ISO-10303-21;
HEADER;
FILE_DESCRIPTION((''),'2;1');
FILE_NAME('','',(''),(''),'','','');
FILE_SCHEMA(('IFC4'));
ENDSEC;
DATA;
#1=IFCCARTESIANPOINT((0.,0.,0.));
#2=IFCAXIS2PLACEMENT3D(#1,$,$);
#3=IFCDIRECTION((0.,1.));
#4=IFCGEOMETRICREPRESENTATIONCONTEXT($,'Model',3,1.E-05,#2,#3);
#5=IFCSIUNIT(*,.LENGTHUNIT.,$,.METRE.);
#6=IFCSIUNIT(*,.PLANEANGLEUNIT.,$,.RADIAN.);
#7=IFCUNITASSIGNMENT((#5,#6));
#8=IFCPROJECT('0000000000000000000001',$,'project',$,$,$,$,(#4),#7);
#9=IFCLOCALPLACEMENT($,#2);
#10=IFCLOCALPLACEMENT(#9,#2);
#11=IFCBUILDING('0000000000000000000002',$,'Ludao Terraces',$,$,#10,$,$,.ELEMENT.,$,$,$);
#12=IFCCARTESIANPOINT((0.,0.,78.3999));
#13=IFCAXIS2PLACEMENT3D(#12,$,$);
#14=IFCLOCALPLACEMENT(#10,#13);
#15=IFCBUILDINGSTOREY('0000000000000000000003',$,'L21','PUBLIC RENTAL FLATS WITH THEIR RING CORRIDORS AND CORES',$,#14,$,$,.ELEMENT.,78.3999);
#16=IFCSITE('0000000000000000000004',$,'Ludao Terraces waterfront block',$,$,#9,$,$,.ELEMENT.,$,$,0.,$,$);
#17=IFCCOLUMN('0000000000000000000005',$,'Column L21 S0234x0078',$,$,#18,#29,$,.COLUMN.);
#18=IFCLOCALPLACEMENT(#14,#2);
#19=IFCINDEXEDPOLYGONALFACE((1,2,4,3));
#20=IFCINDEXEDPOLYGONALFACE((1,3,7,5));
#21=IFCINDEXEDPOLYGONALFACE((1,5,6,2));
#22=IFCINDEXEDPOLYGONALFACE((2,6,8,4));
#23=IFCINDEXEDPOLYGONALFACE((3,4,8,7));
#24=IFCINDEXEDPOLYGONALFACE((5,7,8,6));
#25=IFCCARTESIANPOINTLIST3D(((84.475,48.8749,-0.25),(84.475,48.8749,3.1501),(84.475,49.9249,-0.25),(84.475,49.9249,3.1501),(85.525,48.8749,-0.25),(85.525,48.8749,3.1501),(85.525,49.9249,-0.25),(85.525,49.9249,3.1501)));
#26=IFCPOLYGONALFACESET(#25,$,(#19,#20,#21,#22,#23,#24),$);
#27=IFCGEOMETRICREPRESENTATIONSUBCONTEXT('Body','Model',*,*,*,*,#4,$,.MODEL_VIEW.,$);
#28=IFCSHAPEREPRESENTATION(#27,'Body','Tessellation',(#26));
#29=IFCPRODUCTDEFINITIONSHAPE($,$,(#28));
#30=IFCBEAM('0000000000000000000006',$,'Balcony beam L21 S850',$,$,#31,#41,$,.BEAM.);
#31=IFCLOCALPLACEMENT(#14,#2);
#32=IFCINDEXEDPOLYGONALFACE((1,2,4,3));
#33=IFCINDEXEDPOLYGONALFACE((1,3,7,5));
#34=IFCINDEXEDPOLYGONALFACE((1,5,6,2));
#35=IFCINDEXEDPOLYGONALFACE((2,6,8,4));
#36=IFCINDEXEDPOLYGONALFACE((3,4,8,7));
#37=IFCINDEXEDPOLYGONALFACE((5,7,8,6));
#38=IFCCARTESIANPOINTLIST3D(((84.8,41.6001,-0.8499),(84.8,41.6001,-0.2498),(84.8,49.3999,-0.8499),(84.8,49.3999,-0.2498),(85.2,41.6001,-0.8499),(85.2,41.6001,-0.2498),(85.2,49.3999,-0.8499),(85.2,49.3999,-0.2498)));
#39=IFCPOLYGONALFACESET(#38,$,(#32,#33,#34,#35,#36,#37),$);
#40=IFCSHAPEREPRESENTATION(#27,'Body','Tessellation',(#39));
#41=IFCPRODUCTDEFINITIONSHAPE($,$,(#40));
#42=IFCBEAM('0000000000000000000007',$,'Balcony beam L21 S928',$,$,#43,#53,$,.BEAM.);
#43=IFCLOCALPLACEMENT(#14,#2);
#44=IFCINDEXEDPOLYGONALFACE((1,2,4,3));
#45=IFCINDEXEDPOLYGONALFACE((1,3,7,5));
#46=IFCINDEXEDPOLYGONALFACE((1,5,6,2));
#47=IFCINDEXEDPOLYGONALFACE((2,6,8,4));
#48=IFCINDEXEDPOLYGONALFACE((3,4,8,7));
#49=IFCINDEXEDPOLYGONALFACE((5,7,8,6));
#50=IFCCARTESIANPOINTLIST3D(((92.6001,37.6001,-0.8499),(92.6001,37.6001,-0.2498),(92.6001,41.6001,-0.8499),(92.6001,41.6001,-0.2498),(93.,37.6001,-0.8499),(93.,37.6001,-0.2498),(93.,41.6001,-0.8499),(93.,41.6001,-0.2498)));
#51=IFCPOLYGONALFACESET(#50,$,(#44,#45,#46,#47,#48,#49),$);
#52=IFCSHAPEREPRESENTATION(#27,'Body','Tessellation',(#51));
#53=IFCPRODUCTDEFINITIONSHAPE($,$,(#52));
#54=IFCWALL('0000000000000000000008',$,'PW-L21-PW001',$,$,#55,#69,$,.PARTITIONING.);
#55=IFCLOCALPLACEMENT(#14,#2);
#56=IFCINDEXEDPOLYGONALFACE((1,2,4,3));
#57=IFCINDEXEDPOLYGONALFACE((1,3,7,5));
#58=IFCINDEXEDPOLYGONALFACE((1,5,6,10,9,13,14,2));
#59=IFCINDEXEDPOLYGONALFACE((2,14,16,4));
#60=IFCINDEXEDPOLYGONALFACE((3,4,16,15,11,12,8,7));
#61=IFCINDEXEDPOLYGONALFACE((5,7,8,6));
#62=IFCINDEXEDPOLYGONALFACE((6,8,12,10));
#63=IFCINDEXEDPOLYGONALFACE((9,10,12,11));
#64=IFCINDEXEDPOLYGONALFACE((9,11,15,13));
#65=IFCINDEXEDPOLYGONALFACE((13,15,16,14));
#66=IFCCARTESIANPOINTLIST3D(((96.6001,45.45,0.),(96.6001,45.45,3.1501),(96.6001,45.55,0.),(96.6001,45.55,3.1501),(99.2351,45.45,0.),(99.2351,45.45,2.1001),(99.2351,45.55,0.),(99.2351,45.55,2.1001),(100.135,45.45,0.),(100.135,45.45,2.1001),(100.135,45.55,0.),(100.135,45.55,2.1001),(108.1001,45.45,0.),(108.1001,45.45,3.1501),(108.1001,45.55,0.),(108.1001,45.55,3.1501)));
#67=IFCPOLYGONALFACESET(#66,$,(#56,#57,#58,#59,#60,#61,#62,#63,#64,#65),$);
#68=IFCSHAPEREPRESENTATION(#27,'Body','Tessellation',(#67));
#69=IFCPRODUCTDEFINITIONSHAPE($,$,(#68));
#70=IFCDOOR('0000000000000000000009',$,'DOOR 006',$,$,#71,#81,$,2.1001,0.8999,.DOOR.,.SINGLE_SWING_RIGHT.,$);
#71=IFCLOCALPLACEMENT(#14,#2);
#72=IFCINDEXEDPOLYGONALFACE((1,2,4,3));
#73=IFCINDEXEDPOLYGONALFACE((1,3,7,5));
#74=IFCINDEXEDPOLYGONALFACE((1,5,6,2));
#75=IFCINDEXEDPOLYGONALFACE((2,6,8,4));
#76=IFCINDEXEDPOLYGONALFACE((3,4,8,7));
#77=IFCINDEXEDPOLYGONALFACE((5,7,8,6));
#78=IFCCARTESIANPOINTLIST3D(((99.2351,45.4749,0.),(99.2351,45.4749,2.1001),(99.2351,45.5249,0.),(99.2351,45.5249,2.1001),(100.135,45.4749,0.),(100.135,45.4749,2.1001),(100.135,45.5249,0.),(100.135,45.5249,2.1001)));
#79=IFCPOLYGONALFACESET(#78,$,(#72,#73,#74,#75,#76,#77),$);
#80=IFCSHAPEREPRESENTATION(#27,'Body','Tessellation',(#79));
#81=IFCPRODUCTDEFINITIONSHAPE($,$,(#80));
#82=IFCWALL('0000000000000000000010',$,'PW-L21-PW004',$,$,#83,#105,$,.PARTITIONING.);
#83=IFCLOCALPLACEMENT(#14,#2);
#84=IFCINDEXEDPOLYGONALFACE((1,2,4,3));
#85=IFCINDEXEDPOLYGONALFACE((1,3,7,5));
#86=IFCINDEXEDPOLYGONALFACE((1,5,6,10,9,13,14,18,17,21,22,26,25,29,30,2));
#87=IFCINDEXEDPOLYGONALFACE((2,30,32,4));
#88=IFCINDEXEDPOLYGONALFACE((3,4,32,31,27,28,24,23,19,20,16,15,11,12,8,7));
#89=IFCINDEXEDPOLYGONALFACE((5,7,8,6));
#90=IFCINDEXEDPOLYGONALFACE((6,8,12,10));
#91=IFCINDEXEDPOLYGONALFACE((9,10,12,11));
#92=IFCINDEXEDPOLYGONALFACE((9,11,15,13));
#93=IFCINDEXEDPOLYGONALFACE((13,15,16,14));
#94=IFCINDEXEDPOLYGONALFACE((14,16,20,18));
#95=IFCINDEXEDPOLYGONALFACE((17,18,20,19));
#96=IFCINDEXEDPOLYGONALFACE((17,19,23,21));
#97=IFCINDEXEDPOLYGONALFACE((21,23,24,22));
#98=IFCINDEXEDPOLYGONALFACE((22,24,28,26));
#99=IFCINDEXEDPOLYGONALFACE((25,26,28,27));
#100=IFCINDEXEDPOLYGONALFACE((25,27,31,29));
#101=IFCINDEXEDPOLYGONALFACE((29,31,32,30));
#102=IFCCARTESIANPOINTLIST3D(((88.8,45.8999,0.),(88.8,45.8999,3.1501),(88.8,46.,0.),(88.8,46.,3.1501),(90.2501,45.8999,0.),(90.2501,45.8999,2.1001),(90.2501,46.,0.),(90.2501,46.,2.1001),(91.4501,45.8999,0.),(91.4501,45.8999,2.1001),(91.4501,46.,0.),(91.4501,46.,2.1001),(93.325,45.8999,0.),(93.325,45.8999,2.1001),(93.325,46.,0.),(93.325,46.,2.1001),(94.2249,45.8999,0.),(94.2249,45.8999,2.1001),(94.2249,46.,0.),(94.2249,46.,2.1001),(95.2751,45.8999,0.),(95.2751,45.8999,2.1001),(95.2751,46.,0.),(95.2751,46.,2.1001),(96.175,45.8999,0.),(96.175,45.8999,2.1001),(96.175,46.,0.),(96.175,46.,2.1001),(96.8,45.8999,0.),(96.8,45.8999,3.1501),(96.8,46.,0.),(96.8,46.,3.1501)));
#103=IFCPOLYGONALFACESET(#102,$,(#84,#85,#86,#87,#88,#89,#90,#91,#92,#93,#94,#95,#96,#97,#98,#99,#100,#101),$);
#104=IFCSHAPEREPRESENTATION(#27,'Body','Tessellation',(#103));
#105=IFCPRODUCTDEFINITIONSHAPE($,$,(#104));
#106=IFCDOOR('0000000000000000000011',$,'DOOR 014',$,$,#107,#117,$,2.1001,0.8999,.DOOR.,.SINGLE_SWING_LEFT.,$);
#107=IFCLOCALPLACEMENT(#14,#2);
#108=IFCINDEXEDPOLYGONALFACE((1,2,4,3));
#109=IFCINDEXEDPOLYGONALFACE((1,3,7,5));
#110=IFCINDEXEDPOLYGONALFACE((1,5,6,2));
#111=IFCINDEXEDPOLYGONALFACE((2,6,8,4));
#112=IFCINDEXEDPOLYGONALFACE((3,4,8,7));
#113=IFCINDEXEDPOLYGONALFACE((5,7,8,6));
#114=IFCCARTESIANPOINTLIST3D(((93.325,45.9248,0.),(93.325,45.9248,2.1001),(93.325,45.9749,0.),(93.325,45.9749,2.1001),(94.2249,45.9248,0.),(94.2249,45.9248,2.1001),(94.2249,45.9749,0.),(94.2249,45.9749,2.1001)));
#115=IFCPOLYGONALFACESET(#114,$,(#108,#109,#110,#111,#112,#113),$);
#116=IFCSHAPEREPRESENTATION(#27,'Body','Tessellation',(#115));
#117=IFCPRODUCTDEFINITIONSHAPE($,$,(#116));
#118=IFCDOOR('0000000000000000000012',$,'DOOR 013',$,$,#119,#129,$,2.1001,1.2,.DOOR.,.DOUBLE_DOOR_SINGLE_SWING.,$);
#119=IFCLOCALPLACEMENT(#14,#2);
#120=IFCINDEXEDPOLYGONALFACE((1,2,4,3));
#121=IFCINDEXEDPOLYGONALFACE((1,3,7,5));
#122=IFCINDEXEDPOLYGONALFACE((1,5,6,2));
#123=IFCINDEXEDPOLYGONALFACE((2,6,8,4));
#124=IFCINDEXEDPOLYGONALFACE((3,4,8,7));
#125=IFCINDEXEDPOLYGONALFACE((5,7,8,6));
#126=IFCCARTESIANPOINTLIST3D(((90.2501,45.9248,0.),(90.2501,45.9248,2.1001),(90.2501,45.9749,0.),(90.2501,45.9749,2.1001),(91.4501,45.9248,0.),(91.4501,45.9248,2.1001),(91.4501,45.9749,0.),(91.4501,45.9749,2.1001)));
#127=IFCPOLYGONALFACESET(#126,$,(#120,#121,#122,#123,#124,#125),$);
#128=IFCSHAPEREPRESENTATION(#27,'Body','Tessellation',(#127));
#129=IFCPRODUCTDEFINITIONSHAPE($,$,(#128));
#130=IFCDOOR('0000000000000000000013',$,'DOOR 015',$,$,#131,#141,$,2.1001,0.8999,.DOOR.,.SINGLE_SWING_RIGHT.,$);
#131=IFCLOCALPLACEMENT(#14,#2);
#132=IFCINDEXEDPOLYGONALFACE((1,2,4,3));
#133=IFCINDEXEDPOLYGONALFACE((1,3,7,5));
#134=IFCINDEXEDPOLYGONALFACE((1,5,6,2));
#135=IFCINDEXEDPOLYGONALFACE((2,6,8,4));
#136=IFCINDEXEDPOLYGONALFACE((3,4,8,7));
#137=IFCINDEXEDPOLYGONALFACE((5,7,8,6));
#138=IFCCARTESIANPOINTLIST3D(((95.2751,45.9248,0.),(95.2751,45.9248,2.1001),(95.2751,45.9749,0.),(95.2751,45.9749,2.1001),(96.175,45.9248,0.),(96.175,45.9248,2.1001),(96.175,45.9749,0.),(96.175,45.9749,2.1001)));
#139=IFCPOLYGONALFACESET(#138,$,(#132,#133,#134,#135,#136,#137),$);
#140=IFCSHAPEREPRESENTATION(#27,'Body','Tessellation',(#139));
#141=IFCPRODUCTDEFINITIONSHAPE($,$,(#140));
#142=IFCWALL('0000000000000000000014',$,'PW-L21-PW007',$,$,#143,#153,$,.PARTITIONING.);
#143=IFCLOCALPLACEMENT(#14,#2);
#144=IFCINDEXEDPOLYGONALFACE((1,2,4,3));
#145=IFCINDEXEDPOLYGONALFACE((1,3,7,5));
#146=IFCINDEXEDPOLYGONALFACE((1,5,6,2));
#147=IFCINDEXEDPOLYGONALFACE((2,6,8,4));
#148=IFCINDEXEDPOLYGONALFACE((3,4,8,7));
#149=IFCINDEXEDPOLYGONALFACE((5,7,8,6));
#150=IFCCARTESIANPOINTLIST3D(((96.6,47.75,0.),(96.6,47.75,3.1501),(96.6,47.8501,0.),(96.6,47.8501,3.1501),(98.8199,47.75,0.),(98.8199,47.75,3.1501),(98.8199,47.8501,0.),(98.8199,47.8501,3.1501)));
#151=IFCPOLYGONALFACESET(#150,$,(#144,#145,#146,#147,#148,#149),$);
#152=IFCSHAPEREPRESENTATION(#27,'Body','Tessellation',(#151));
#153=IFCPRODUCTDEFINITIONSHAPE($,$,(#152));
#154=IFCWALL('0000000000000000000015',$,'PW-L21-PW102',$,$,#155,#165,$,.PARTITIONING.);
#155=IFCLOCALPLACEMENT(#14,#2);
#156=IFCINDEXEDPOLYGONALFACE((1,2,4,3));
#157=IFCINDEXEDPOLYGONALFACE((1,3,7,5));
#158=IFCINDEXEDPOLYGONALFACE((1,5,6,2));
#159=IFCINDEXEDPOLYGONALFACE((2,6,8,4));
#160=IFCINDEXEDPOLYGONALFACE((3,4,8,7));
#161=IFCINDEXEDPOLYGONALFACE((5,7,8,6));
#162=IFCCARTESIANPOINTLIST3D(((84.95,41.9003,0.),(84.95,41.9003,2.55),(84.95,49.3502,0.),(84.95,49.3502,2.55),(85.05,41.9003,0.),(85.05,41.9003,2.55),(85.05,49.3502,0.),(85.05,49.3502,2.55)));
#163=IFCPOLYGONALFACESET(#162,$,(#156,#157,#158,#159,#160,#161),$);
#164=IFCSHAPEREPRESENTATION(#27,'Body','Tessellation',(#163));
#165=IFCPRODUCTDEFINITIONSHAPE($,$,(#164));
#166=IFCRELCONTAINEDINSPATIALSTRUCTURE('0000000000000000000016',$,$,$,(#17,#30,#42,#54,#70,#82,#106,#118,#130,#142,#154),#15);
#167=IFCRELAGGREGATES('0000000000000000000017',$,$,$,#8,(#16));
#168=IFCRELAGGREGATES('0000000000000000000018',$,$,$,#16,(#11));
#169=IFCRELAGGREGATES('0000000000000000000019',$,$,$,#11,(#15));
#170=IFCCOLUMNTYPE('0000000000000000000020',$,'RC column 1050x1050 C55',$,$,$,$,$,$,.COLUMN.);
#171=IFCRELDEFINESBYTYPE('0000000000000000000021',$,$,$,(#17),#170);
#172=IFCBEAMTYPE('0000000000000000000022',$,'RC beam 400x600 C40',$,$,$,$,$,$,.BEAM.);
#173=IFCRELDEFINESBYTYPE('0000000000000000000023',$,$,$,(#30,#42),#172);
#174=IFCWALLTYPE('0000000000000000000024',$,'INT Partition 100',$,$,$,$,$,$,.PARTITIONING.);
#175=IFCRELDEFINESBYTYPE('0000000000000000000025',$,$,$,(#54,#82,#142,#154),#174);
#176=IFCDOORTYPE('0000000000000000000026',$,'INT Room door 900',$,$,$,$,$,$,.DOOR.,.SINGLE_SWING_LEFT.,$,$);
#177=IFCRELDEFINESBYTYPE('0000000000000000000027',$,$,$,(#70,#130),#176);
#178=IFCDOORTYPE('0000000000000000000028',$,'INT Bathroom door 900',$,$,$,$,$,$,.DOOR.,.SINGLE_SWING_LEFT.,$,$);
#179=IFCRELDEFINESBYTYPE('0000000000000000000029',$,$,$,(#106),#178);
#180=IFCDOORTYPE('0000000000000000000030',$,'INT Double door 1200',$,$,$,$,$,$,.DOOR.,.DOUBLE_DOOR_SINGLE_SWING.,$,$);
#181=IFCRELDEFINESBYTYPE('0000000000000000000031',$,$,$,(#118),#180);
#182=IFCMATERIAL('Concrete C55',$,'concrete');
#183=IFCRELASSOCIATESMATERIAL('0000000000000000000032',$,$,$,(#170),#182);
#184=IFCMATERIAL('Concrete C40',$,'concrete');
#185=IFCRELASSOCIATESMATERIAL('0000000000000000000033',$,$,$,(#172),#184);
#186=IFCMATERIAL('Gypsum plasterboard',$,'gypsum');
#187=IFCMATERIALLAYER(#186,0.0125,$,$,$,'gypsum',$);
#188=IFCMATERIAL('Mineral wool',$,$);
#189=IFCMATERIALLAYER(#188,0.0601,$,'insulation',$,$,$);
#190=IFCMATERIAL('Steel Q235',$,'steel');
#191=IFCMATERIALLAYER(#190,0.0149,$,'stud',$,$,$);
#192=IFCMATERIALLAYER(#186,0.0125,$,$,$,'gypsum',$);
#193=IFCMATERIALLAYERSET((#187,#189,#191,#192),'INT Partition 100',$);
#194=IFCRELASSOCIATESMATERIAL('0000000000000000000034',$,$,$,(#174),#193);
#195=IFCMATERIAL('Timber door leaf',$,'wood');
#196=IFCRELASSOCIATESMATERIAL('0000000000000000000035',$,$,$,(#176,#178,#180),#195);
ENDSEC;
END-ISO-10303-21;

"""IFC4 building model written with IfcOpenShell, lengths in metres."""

from ifc_helpers import new_model, si_unit, direction, frame, frame_2d, origin, origin_2d, place, context, subcontext, project, spatial, rectangle, extrude, material, layer, layer_set, material_profile, profile_set, type_object, element, fill, save


model = new_model("IFC4")

# Units and contexts
model_context = context("Model", 3, precision=1e-05, world=origin(), true_north=direction((0.0, 1.0)))
body_context = subcontext(model_context, "Body", "Model", "MODEL_VIEW")
ifc_project = project(units=[si_unit("LENGTHUNIT", "METRE"), si_unit("PLANEANGLEUNIT", "RADIAN")], contexts=[model_context])

# Site, building, storey
site_placement = place(None, origin())
site = spatial("IfcSite", under=ifc_project, at=site_placement, Name="Ludao Terraces waterfront block", CompositionType="ELEMENT", RefElevation=0.0)
building_placement = place(site_placement, origin())
building = spatial("IfcBuilding", under=site, at=building_placement, Name="Ludao Terraces", CompositionType="ELEMENT")
storey_placement = place(building_placement, frame((0.0, 0.0, 78.3999)))
storey = spatial("IfcBuildingStorey", under=building, at=storey_placement, Name="L21", Description="PUBLIC RENTAL FLATS WITH THEIR RING CORRIDORS AND CORES", CompositionType="ELEMENT", Elevation=78.3999)

# Column
ifc_material_1 = material(Name="Concrete C55", Category="concrete")
ifc_material_profile_1 = material_profile(ifc_material_1, rectangle(XDim=1.05, YDim=1.05, at=origin_2d()), Name="1050 X 1050")
ifc_profile_set_1 = profile_set([ifc_material_profile_1], Name="Concrete C55")
column_type = type_object("IfcColumnType", Name="RC column 1050x1050 C55", PredefinedType="COLUMN", material=ifc_profile_set_1)
column_placement = place(storey_placement, frame((85.0, 49.3999, -0.25), z_axis=(0.0, 0.0, 1.0), x_axis=(1.0, 0.0, 0.0)))
element("IfcColumn", 1, at=column_placement, inside=storey, type_object=column_type, Name="Column L21 S0234x0078", PredefinedType="COLUMN", context=body_context, shape_type="SweptSolid", body=[
    extrude(rectangle(XDim=1.05, YDim=1.05, at=origin_2d()), origin(), (0.0, 0.0, 1.0), 3.4001),
])

# Beams
ifc_material_2 = material(Name="Concrete C40", Category="concrete")
ifc_material_profile_2 = material_profile(ifc_material_2, rectangle(XDim=0.3999, YDim=0.6001, at=origin_2d()), Name="400 X 600")
ifc_profile_set_2 = profile_set([ifc_material_profile_2], Name="Concrete C40")
beam_type = type_object("IfcBeamType", Name="RC beam 400x600 C40", PredefinedType="BEAM", material=ifc_profile_set_2)
beam_1_placement = place(storey_placement, frame((85.0, 49.3999, -0.5498), z_axis=(0.0, -1.0, 0.0), x_axis=(1.0, 0.0, 0.0)))
element("IfcBeam", 2, at=beam_1_placement, inside=storey, type_object=beam_type, Name="Balcony beam L21 S850", PredefinedType="BEAM", context=body_context, shape_type="SweptSolid", body=[
    extrude(rectangle(XDim=0.3999, YDim=0.6001, at=origin_2d()), origin(), (0.0, 0.0, 1.0), 7.7998),
])
beam_2_placement = place(storey_placement, frame((92.8, 41.6001, -0.5498), z_axis=(0.0, -1.0, 0.0), x_axis=(1.0, 0.0, 0.0)))
element("IfcBeam", 3, at=beam_2_placement, inside=storey, type_object=beam_type, Name="Balcony beam L21 S928", PredefinedType="BEAM", context=body_context, shape_type="SweptSolid", body=[
    extrude(rectangle(XDim=0.3999, YDim=0.6001, at=origin_2d()), origin(), (0.0, 0.0, 1.0), 4.0),
])

# Shared definitions
ifc_material_3 = material(Name="Mineral wool")

# Wall, opening, door
ifc_material_4 = material(Name="Gypsum plasterboard", Category="gypsum")
ifc_layer_1 = layer(ifc_material_4, 0.0125, Category="gypsum")
ifc_layer_2 = layer(ifc_material_3, 0.0601, Name="insulation")
ifc_material_5 = material(Name="Steel Q235", Category="steel")
ifc_layer_3 = layer(ifc_material_5, 0.0149, Name="stud")
ifc_layer_4 = layer(ifc_material_4, 0.0125, Category="gypsum")
ifc_layer_set_1 = layer_set([ifc_layer_1, ifc_layer_2, ifc_layer_3, ifc_layer_4], Name="INT Partition 100")
wall_type_1 = type_object("IfcWallType", Name="INT Partition 100", PredefinedType="PARTITIONING", material=ifc_layer_set_1)
wall_1_placement = place(storey_placement, frame((96.6001, 45.5, 0.0), z_axis=(0.0, 0.0, 1.0), x_axis=(1.0, 0.0, 0.0)))
wall_1 = element("IfcWall", 4, at=wall_1_placement, inside=storey, type_object=wall_type_1, Name="PW-L21-PW001", PredefinedType="PARTITIONING", context=body_context, shape_type="SweptSolid", body=[
    extrude(rectangle(XDim=11.5, YDim=0.1001, at=frame_2d((5.75, 0.0))), origin(), (0.0, 0.0, 1.0), 3.1501),
])
opening_1_placement = place(wall_1_placement, frame((2.635, 0.0, 0.0)))
opening_1 = element("IfcOpeningElement", 5, at=opening_1_placement, cuts=wall_1, PredefinedType="OPENING", context=body_context, shape_type="SweptSolid", body=[
    extrude(rectangle(XDim=0.8999, YDim=2.1001, at=frame_2d((0.45, 1.05))), frame((0.0, 0.0601, 0.0), z_axis=(0.0, -1.0, 0.0), x_axis=(1.0, 0.0, 0.0)), (0.0, 0.0, 1.0), 0.1201),
])
ifc_material_6 = material(Name="Timber door leaf", Category="wood")
door_type_1 = type_object("IfcDoorType", Name="INT Room door 900", OperationType="SINGLE_SWING_LEFT", PredefinedType="DOOR", material=ifc_material_6)
door_1_placement = place(opening_1_placement, origin())
door_1 = element("IfcDoor", 6, at=door_1_placement, inside=storey, type_object=door_type_1, Name="DOOR 006", OperationType="SINGLE_SWING_RIGHT", OverallHeight=2.1001, OverallWidth=0.8999, PredefinedType="DOOR", context=body_context, shape_type="SweptSolid", body=[
    extrude(rectangle(XDim=0.8999, YDim=2.1001, at=frame_2d((0.45, 1.05))), frame((0.0, 0.0249, 0.0), z_axis=(0.0, -1.0, 0.0), x_axis=(1.0, 0.0, 0.0)), (0.0, 0.0, 1.0), 0.05),
])
fill(opening_1, door_1)

# Wall, openings, doors
wall_2_placement = place(storey_placement, frame((88.8, 45.95, 0.0), z_axis=(0.0, 0.0, 1.0), x_axis=(1.0, 0.0, 0.0)))
wall_2 = element("IfcWall", 7, at=wall_2_placement, inside=storey, type_object=wall_type_1, Name="PW-L21-PW004", PredefinedType="PARTITIONING", context=body_context, shape_type="SweptSolid", body=[
    extrude(rectangle(XDim=8.0, YDim=0.1001, at=frame_2d((4.0, 0.0))), origin(), (0.0, 0.0, 1.0), 3.1501),
])
opening_2_placement = place(wall_2_placement, frame((1.45, 0.0, 0.0)))
opening_2 = element("IfcOpeningElement", 8, at=opening_2_placement, cuts=wall_2, PredefinedType="OPENING", context=body_context, shape_type="SweptSolid", body=[
    extrude(rectangle(XDim=1.2, YDim=2.1001, at=frame_2d((0.6001, 1.05))), frame((0.0, 0.0601, 0.0), z_axis=(0.0, -1.0, 0.0), x_axis=(1.0, 0.0, 0.0)), (0.0, 0.0, 1.0), 0.1201),
])
opening_3_placement = place(wall_2_placement, frame((4.5249, 0.0, 0.0)))
opening_3 = element("IfcOpeningElement", 9, at=opening_3_placement, cuts=wall_2, PredefinedType="OPENING", context=body_context, shape_type="SweptSolid", body=[
    extrude(rectangle(XDim=0.8999, YDim=2.1001, at=frame_2d((0.45, 1.05))), frame((0.0, 0.0601, 0.0), z_axis=(0.0, -1.0, 0.0), x_axis=(1.0, 0.0, 0.0)), (0.0, 0.0, 1.0), 0.1201),
])
opening_4_placement = place(wall_2_placement, frame((6.4751, 0.0, 0.0)))
opening_4 = element("IfcOpeningElement", 10, at=opening_4_placement, cuts=wall_2, PredefinedType="OPENING", context=body_context, shape_type="SweptSolid", body=[
    extrude(rectangle(XDim=0.8999, YDim=2.1001, at=frame_2d((0.45, 1.05))), frame((0.0, 0.0601, 0.0), z_axis=(0.0, -1.0, 0.0), x_axis=(1.0, 0.0, 0.0)), (0.0, 0.0, 1.0), 0.1201),
])
door_type_2 = type_object("IfcDoorType", Name="INT Bathroom door 900", OperationType="SINGLE_SWING_LEFT", PredefinedType="DOOR", material=ifc_material_6)
door_2_placement = place(opening_3_placement, origin())
door_2 = element("IfcDoor", 11, at=door_2_placement, inside=storey, type_object=door_type_2, Name="DOOR 014", OperationType="SINGLE_SWING_LEFT", OverallHeight=2.1001, OverallWidth=0.8999, PredefinedType="DOOR", context=body_context, shape_type="SweptSolid", body=[
    extrude(rectangle(XDim=0.8999, YDim=2.1001, at=frame_2d((0.45, 1.05))), frame((0.0, 0.0249, 0.0), z_axis=(0.0, -1.0, 0.0), x_axis=(1.0, 0.0, 0.0)), (0.0, 0.0, 1.0), 0.05),
])
fill(opening_3, door_2)
door_type_3 = type_object("IfcDoorType", Name="INT Double door 1200", OperationType="DOUBLE_DOOR_SINGLE_SWING", PredefinedType="DOOR", material=ifc_material_6)
door_3_placement = place(opening_2_placement, origin())
door_3 = element("IfcDoor", 12, at=door_3_placement, inside=storey, type_object=door_type_3, Name="DOOR 013", OperationType="DOUBLE_DOOR_SINGLE_SWING", OverallHeight=2.1001, OverallWidth=1.2, PredefinedType="DOOR", context=body_context, shape_type="SweptSolid", body=[
    extrude(rectangle(XDim=1.2, YDim=2.1001, at=frame_2d((0.6001, 1.05))), frame((0.0, 0.0249, 0.0), z_axis=(0.0, -1.0, 0.0), x_axis=(1.0, 0.0, 0.0)), (0.0, 0.0, 1.0), 0.05),
])
fill(opening_2, door_3)
door_4_placement = place(opening_4_placement, origin())
door_4 = element("IfcDoor", 13, at=door_4_placement, inside=storey, type_object=door_type_1, Name="DOOR 015", OperationType="SINGLE_SWING_RIGHT", OverallHeight=2.1001, OverallWidth=0.8999, PredefinedType="DOOR", context=body_context, shape_type="SweptSolid", body=[
    extrude(rectangle(XDim=0.8999, YDim=2.1001, at=frame_2d((0.45, 1.05))), frame((0.0, 0.0249, 0.0), z_axis=(0.0, -1.0, 0.0), x_axis=(1.0, 0.0, 0.0)), (0.0, 0.0, 1.0), 0.05),
])
fill(opening_4, door_4)

# Walls
wall_3_placement = place(storey_placement, frame((96.6001, 47.8, 0.0), z_axis=(0.0, 0.0, 1.0), x_axis=(1.0, 0.0, 0.0)))
element("IfcWall", 14, at=wall_3_placement, inside=storey, type_object=wall_type_1, Name="PW-L21-PW007", PredefinedType="PARTITIONING", context=body_context, shape_type="SweptSolid", body=[
    extrude(rectangle(XDim=2.22, YDim=0.1001, at=frame_2d((1.1099, 0.0))), origin(), (0.0, 0.0, 1.0), 3.1501),
])
wall_4_placement = place(storey_placement, frame((85.0, 41.9001, 0.0), z_axis=(0.0, 0.0, 1.0), x_axis=(0.0, 1.0, 0.0)))
element("IfcWall", 15, at=wall_4_placement, inside=storey, type_object=wall_type_1, Name="PW-L21-PW102", PredefinedType="PARTITIONING", context=body_context, shape_type="SweptSolid", body=[
    extrude(rectangle(XDim=7.45, YDim=0.1001, at=frame_2d((3.7251, 0.0))), origin(), (0.0, 0.0, 1.0), 2.55),
])

save(model, "model.ifc")
